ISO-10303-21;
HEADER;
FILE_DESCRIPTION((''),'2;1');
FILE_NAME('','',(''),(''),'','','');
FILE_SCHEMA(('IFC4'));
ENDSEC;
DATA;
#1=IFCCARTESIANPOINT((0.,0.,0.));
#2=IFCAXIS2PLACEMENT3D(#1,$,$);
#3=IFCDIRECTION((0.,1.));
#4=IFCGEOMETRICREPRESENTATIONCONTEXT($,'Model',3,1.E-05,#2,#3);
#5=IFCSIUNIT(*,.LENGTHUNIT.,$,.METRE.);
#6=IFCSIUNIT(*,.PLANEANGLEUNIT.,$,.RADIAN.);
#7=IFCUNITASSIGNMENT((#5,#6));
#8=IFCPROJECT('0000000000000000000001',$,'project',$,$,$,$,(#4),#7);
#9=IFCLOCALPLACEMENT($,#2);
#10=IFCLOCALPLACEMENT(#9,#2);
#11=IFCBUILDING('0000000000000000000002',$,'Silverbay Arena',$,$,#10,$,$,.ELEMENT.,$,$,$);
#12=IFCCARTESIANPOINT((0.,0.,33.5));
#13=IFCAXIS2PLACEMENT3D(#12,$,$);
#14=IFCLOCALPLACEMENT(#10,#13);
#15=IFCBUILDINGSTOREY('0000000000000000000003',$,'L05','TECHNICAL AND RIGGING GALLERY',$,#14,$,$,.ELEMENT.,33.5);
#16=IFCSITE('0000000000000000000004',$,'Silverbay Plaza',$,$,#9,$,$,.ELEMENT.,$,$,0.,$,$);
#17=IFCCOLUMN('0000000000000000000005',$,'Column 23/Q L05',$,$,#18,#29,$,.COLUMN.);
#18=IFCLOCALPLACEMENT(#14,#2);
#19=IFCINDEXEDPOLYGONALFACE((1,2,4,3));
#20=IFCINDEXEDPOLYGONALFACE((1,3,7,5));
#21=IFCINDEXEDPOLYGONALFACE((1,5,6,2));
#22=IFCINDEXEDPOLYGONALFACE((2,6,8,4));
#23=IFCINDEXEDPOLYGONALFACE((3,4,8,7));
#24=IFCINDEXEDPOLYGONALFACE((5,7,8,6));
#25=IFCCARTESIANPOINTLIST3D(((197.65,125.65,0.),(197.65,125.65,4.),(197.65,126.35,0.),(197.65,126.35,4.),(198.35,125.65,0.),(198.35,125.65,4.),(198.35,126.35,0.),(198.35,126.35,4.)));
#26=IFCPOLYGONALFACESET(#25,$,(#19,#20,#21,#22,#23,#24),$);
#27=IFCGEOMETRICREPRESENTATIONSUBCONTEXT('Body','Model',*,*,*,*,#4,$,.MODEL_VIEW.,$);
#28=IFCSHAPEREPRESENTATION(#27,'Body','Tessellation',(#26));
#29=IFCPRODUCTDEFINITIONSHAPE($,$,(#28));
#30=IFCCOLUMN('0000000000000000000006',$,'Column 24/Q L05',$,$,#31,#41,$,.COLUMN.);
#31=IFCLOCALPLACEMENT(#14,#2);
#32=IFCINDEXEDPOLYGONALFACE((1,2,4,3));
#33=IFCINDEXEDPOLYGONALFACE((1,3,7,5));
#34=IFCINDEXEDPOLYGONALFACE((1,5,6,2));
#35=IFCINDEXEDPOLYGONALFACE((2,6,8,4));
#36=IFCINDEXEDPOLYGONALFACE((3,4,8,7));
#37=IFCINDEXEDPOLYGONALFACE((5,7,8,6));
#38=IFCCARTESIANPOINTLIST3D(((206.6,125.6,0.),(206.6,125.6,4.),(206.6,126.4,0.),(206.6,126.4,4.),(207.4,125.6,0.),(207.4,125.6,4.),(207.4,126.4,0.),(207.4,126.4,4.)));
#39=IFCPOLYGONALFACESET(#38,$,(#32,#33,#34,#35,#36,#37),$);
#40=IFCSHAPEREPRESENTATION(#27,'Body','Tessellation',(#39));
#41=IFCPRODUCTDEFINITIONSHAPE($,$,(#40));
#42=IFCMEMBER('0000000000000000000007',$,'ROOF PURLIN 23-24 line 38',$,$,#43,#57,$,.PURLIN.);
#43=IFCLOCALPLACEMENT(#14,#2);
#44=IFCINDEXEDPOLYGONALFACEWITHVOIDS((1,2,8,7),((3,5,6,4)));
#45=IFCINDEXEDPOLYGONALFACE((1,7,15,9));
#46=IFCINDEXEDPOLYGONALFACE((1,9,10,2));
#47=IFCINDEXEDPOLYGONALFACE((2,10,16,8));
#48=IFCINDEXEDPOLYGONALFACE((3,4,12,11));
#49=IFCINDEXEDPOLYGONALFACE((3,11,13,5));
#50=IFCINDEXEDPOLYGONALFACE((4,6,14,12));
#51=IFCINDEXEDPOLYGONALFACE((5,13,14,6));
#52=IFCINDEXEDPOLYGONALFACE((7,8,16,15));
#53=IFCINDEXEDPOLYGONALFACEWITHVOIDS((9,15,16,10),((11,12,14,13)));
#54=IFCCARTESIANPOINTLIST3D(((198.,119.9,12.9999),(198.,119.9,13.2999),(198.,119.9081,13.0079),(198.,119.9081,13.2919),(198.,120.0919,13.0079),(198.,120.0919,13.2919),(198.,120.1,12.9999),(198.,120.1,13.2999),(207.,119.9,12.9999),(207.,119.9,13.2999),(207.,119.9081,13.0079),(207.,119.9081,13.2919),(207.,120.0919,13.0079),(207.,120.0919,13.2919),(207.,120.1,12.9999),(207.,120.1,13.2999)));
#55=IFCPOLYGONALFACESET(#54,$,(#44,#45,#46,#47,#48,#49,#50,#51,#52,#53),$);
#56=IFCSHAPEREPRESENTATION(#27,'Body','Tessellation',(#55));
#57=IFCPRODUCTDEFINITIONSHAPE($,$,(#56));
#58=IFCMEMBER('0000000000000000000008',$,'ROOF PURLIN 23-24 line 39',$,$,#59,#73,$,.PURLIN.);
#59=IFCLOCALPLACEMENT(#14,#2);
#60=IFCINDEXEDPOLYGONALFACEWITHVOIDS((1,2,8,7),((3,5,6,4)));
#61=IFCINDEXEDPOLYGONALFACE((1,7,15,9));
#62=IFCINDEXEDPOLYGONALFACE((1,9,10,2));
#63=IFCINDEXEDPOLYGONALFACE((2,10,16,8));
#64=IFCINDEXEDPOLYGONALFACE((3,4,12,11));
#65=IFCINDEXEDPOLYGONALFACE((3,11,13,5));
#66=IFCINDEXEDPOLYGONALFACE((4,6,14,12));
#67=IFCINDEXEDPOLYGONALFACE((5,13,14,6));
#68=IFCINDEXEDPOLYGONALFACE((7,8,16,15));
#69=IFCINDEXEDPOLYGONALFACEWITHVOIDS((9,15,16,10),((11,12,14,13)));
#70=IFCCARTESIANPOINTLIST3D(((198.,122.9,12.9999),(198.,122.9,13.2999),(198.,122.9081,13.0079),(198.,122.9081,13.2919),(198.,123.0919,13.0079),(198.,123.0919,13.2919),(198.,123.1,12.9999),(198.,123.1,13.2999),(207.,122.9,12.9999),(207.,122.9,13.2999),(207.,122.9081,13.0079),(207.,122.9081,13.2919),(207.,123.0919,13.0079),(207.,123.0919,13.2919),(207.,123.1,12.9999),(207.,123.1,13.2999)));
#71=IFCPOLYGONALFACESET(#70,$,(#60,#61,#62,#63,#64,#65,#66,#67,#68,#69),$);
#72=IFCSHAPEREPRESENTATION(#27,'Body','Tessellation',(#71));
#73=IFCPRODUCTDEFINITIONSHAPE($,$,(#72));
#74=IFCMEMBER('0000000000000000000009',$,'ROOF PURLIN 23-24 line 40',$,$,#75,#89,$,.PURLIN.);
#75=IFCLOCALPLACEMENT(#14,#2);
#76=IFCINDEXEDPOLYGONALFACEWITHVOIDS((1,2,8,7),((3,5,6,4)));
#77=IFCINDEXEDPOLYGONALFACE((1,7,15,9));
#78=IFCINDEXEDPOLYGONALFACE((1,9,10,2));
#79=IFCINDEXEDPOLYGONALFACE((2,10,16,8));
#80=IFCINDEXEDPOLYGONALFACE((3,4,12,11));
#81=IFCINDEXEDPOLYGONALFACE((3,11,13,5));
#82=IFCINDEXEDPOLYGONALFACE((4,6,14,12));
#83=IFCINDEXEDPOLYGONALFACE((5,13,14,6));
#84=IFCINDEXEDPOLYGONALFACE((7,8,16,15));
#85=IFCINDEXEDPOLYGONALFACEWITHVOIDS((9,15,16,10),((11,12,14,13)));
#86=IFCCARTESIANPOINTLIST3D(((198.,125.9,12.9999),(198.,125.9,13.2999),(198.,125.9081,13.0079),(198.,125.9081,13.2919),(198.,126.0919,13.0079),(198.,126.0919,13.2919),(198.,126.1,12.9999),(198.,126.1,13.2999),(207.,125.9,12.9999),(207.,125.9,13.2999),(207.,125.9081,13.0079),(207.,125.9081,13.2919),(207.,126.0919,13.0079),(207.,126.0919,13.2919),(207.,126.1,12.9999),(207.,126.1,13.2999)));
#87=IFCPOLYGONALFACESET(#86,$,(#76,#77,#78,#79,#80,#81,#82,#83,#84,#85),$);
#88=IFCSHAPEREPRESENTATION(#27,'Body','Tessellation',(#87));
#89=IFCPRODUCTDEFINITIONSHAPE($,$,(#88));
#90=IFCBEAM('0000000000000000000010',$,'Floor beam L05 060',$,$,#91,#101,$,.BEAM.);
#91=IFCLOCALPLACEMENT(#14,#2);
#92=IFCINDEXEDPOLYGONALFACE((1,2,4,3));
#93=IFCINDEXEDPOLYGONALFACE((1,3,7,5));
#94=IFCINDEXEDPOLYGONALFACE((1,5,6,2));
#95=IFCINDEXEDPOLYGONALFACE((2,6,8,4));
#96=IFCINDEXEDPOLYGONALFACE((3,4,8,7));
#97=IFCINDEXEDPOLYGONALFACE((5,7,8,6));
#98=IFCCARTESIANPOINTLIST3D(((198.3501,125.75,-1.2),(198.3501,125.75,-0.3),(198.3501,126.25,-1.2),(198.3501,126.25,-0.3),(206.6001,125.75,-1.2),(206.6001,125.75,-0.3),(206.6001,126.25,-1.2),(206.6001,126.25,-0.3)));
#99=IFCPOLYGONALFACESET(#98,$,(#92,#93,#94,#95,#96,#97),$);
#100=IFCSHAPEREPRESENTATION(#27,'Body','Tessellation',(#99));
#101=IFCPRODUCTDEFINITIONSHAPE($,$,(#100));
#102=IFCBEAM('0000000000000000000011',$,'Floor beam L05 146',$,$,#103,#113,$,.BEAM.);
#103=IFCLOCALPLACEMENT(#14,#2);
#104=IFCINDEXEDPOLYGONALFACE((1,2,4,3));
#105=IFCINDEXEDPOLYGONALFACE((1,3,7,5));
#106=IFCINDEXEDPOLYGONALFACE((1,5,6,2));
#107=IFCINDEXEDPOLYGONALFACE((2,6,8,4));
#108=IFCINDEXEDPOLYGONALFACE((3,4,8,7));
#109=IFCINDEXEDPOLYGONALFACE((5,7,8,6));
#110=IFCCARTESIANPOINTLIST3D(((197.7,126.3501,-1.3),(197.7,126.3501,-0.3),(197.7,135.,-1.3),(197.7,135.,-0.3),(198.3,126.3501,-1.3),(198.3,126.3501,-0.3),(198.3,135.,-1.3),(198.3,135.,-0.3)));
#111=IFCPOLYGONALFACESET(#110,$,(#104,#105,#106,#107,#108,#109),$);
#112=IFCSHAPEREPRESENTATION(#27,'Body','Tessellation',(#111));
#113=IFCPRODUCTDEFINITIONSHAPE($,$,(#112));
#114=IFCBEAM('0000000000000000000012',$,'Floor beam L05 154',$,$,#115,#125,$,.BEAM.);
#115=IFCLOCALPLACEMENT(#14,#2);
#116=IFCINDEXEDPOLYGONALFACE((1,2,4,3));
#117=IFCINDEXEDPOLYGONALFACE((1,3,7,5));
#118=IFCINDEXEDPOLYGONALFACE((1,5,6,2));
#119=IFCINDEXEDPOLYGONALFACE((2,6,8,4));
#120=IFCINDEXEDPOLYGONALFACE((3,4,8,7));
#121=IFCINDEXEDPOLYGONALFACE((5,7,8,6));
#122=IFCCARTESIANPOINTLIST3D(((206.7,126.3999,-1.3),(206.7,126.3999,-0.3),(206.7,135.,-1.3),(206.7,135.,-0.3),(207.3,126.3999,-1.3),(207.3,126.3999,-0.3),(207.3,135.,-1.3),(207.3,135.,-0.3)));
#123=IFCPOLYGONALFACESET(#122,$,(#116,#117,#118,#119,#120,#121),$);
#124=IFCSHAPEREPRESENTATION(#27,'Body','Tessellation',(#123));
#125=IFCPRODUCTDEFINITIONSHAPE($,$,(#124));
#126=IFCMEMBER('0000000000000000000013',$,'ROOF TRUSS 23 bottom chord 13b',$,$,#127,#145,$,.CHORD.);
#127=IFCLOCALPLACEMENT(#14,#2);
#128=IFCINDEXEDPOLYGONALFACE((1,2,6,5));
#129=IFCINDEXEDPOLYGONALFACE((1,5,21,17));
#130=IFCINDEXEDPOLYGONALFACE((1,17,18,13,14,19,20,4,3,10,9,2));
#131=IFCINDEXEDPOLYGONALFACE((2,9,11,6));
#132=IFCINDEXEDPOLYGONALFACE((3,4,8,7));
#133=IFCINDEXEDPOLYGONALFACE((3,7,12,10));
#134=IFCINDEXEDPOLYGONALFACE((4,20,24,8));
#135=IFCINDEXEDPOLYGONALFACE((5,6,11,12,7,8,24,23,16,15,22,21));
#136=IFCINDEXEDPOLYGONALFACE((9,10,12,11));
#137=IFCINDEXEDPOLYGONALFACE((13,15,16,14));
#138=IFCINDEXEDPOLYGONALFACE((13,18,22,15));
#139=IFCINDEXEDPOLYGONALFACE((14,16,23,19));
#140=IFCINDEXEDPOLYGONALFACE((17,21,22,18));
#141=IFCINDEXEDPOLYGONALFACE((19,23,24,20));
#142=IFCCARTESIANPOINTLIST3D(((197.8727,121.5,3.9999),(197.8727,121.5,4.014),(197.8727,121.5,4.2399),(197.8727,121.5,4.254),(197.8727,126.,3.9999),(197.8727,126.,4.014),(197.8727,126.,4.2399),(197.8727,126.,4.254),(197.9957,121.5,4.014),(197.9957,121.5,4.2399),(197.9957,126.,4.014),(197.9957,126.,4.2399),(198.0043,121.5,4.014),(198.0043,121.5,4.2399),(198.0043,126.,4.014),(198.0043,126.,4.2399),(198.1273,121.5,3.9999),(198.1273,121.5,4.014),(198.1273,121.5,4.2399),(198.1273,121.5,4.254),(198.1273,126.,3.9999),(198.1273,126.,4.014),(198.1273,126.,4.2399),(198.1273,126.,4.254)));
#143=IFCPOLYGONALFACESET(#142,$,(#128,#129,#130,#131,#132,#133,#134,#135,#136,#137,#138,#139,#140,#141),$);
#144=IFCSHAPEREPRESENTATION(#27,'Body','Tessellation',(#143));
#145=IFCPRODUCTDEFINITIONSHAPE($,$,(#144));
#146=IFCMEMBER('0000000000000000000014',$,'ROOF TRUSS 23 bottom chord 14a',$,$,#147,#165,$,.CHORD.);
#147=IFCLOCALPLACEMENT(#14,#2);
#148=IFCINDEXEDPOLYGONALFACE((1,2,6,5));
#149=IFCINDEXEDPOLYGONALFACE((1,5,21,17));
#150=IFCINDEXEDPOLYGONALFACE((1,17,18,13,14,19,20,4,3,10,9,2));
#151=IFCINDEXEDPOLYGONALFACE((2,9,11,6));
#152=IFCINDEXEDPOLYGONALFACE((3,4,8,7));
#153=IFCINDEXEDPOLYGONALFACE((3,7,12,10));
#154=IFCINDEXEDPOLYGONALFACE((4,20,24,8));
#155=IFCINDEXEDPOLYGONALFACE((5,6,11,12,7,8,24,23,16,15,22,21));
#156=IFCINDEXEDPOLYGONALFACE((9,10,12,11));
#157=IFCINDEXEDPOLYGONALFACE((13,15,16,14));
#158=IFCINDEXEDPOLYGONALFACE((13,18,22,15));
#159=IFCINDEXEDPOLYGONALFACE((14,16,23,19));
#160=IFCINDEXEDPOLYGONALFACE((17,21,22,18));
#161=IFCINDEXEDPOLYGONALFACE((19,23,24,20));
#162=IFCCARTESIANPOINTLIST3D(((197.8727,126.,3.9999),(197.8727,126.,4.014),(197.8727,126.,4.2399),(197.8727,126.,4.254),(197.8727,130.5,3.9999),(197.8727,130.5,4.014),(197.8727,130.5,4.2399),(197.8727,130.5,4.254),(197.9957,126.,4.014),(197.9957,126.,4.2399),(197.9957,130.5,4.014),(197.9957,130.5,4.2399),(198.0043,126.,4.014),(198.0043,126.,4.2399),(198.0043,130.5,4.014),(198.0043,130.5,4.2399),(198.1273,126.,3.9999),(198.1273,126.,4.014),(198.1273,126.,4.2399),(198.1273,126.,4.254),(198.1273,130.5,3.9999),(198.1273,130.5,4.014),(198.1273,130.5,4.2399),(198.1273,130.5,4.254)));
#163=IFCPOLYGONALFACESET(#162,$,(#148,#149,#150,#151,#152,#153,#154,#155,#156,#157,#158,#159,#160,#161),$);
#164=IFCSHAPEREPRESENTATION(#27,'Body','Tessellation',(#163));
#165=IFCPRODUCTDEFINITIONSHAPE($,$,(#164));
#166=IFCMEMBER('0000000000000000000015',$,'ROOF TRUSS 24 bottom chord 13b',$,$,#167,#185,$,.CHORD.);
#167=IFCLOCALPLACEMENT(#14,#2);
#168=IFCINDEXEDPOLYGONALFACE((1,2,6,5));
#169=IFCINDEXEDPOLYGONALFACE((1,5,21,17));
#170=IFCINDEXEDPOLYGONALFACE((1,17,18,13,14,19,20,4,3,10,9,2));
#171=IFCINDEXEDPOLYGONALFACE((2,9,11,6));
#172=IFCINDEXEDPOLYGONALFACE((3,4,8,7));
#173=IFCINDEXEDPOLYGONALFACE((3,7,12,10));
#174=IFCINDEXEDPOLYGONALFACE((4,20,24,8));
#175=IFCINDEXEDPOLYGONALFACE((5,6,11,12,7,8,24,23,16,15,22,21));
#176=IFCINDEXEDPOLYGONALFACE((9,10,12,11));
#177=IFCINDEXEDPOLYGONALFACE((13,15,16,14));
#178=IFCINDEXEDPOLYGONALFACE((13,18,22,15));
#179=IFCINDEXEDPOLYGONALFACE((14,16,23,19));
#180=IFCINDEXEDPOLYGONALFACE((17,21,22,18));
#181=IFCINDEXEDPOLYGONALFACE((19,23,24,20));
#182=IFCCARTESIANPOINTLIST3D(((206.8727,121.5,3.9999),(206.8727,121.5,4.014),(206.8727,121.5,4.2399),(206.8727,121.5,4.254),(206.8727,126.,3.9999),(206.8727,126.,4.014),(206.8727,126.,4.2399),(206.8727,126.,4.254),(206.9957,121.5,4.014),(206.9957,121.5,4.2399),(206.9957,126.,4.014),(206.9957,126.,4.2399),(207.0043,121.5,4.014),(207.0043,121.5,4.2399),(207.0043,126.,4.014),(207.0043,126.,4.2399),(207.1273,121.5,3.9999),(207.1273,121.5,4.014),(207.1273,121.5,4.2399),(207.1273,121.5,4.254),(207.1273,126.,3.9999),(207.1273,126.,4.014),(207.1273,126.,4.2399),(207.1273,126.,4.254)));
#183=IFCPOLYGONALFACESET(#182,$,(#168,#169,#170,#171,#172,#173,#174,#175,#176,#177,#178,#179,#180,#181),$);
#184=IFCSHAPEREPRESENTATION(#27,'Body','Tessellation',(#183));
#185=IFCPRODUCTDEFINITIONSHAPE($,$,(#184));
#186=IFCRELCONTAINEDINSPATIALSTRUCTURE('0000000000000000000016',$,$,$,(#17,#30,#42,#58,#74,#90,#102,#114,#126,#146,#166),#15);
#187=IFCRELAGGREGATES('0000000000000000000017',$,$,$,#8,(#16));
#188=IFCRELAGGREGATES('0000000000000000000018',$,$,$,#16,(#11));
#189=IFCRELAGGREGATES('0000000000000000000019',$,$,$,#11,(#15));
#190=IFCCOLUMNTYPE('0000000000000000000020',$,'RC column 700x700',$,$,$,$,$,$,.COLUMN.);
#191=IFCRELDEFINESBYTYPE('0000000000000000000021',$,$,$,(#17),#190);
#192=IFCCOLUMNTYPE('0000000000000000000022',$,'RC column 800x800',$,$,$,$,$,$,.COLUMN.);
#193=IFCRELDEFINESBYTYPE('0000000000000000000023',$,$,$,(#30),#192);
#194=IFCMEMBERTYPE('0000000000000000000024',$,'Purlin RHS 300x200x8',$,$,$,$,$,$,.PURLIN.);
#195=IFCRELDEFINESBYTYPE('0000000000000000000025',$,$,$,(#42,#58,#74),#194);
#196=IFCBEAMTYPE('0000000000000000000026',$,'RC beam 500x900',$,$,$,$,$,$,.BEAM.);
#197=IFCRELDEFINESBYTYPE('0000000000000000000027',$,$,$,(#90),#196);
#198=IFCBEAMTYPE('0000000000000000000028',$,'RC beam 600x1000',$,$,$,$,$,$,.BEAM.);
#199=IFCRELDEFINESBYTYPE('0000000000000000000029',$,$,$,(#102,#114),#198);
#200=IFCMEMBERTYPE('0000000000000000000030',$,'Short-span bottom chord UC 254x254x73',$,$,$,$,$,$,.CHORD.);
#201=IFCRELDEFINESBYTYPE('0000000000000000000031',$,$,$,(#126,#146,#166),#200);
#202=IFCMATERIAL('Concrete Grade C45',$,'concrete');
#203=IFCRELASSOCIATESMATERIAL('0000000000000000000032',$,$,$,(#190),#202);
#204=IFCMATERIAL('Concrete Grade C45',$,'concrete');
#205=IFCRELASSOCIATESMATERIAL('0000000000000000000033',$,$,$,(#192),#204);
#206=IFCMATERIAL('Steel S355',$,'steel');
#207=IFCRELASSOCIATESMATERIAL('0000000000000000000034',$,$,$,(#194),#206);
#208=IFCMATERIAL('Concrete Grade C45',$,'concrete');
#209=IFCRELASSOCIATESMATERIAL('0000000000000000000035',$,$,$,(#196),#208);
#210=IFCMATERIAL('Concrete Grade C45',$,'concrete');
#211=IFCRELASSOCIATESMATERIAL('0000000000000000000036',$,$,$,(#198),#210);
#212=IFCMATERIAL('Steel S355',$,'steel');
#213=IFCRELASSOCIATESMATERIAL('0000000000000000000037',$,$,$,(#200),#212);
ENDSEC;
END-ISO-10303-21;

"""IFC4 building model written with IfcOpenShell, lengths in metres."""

from ifc_helpers import new_model, si_unit, direction, frame, origin, origin_2d, place, context, subcontext, project, spatial, rectangle, hollow_rectangle, i_section, extrude, material, material_profile, profile_set, type_object, element, save


model = new_model("IFC4")

# Units and contexts
model_context = context("Model", 3, precision=1e-05, world=origin(), true_north=direction((0.0, 1.0)))
body_context = subcontext(model_context, "Body", "Model", "MODEL_VIEW")
ifc_project = project(units=[si_unit("LENGTHUNIT", "METRE"), si_unit("PLANEANGLEUNIT", "RADIAN")], contexts=[model_context])

# Site, building, storey
site_placement = place(None, origin())
site = spatial("IfcSite", under=ifc_project, at=site_placement, Name="Silverbay Plaza", CompositionType="ELEMENT", RefElevation=0.0)
building_placement = place(site_placement, origin())
building = spatial("IfcBuilding", under=site, at=building_placement, Name="Silverbay Arena", CompositionType="ELEMENT")
storey_placement = place(building_placement, frame((0.0, 0.0, 33.5)))
storey = spatial("IfcBuildingStorey", under=building, at=storey_placement, Name="L05", Description="TECHNICAL AND RIGGING GALLERY", CompositionType="ELEMENT", Elevation=33.5)

# Columns
ifc_material_1 = material(Name="Concrete Grade C45", Category="concrete")
ifc_material_profile_1 = material_profile(ifc_material_1, rectangle(XDim=0.7, YDim=0.7, at=origin_2d()), Name="RC 700x700")
ifc_profile_set_1 = profile_set([ifc_material_profile_1], Name="Concrete Grade C45")
column_type_1 = type_object("IfcColumnType", Name="RC column 700x700", PredefinedType="COLUMN", material=ifc_profile_set_1)
column_1_placement = place(storey_placement, frame((198.0, 126.0, 0.0), z_axis=(0.0, 0.0, 1.0), x_axis=(1.0, 0.0, 0.0)))
element("IfcColumn", 1, at=column_1_placement, inside=storey, type_object=column_type_1, Name="Column 23/Q L05", PredefinedType="COLUMN", context=body_context, shape_type="SweptSolid", body=[
    extrude(rectangle(XDim=0.7, YDim=0.7, at=origin_2d()), origin(), (0.0, 0.0, 1.0), 4.0),
])
ifc_material_2 = material(Name="Concrete Grade C45", Category="concrete")
ifc_material_profile_2 = material_profile(ifc_material_2, rectangle(XDim=0.8, YDim=0.8, at=origin_2d()), Name="RC 800x800")
ifc_profile_set_2 = profile_set([ifc_material_profile_2], Name="Concrete Grade C45")
column_type_2 = type_object("IfcColumnType", Name="RC column 800x800", PredefinedType="COLUMN", material=ifc_profile_set_2)
column_2_placement = place(storey_placement, frame((207.0, 126.0, 0.0), z_axis=(0.0, 0.0, 1.0), x_axis=(1.0, 0.0, 0.0)))
element("IfcColumn", 2, at=column_2_placement, inside=storey, type_object=column_type_2, Name="Column 24/Q L05", PredefinedType="COLUMN", context=body_context, shape_type="SweptSolid", body=[
    extrude(rectangle(XDim=0.8, YDim=0.8, at=origin_2d()), origin(), (0.0, 0.0, 1.0), 4.0),
])

# Members
ifc_material_3 = material(Name="Steel S355", Category="steel")
ifc_material_profile_3 = material_profile(ifc_material_3, hollow_rectangle(XDim=0.2, YDim=0.3, WallThickness=0.0081, at=origin_2d()), Name="RHS 300x200x8")
ifc_profile_set_3 = profile_set([ifc_material_profile_3], Name="Steel S355")
member_type_1 = type_object("IfcMemberType", Name="Purlin RHS 300x200x8", PredefinedType="PURLIN", material=ifc_profile_set_3)
for number, where, z_axis, x_axis, name in (
    (3, (198.0, 120.0, 13.1499), (1.0, 0.0, 0.0), (0.0, 1.0, 0.0), "ROOF PURLIN 23-24 line 38"),
    (4, (198.0, 123.0, 13.1499), (1.0, 0.0, 0.0), (0.0, 1.0, 0.0), "ROOF PURLIN 23-24 line 39"),
    (5, (198.0, 126.0, 13.1499), (1.0, 0.0, 0.0), (0.0, 1.0, 0.0), "ROOF PURLIN 23-24 line 40"),
):
    element("IfcMember", number, at=place(storey_placement, frame(where, z_axis=z_axis, x_axis=x_axis)), inside=storey, type_object=member_type_1, Name=name, PredefinedType="PURLIN", context=body_context, shape_type="SweptSolid", body=[
        extrude(hollow_rectangle(XDim=0.2, YDim=0.3, WallThickness=0.0081, at=origin_2d()), origin(), (0.0, 0.0, 1.0), 9.0),
    ])

# Beams
ifc_material_4 = material(Name="Concrete Grade C45", Category="concrete")
ifc_material_profile_4 = material_profile(ifc_material_4, rectangle(XDim=0.5, YDim=0.8999, at=origin_2d()), Name="RC 500x900")
ifc_profile_set_4 = profile_set([ifc_material_profile_4], Name="Concrete Grade C45")
beam_type_1 = type_object("IfcBeamType", Name="RC beam 500x900", PredefinedType="BEAM", material=ifc_profile_set_4)
beam_1_placement = place(storey_placement, frame((198.3501, 126.0, -0.75), z_axis=(1.0, 0.0, 0.0), x_axis=(0.0, 1.0, 0.0)))
element("IfcBeam", 6, at=beam_1_placement, inside=storey, type_object=beam_type_1, Name="Floor beam L05 060", PredefinedType="BEAM", context=body_context, shape_type="SweptSolid", body=[
    extrude(rectangle(XDim=0.5, YDim=0.8999, at=origin_2d()), origin(), (0.0, 0.0, 1.0), 8.25),
])
ifc_material_5 = material(Name="Concrete Grade C45", Category="concrete")
ifc_material_profile_5 = material_profile(ifc_material_5, rectangle(XDim=0.6001, YDim=1.0, at=origin_2d()), Name="RC 600x1000")
ifc_profile_set_5 = profile_set([ifc_material_profile_5], Name="Concrete Grade C45")
beam_type_2 = type_object("IfcBeamType", Name="RC beam 600x1000", PredefinedType="BEAM", material=ifc_profile_set_5)
beam_2_placement = place(storey_placement, frame((198.0, 126.3501, -0.8), z_axis=(0.0, 1.0, 0.0), x_axis=(-1.0, 0.0, 0.0)))
element("IfcBeam", 7, at=beam_2_placement, inside=storey, type_object=beam_type_2, Name="Floor beam L05 146", PredefinedType="BEAM", context=body_context, shape_type="SweptSolid", body=[
    extrude(rectangle(XDim=0.6001, YDim=1.0, at=origin_2d()), origin(), (0.0, 0.0, 1.0), 8.6499),
])
beam_3_placement = place(storey_placement, frame((207.0, 126.3999, -0.8), z_axis=(0.0, 1.0, 0.0), x_axis=(-1.0, 0.0, 0.0)))
element("IfcBeam", 8, at=beam_3_placement, inside=storey, type_object=beam_type_2, Name="Floor beam L05 154", PredefinedType="BEAM", context=body_context, shape_type="SweptSolid", body=[
    extrude(rectangle(XDim=0.6001, YDim=1.0, at=origin_2d()), origin(), (0.0, 0.0, 1.0), 8.6001),
])

# Members
ifc_material_6 = material(Name="Steel S355", Category="steel")
ifc_material_profile_6 = material_profile(ifc_material_6, i_section(OverallWidth=0.2546, OverallDepth=0.2542, WebThickness=0.0085, FlangeThickness=0.0142, at=origin_2d()), Name="UC 254x254x73")
ifc_profile_set_6 = profile_set([ifc_material_profile_6], Name="Steel S355")
member_type_2 = type_object("IfcMemberType", Name="Short-span bottom chord UC 254x254x73", PredefinedType="CHORD", material=ifc_profile_set_6)
for number, where, z_axis, x_axis, name in (
    (9, (198.0, 121.5, 4.127), (0.0, 1.0, 0.0), (-1.0, 0.0, 0.0), "ROOF TRUSS 23 bottom chord 13b"),
    (10, (198.0, 126.0, 4.127), (0.0, 1.0, 0.0), (-1.0, 0.0, 0.0), "ROOF TRUSS 23 bottom chord 14a"),
    (11, (207.0, 121.5, 4.127), (0.0, 1.0, 0.0), (-1.0, 0.0, 0.0), "ROOF TRUSS 24 bottom chord 13b"),
):
    element("IfcMember", number, at=place(storey_placement, frame(where, z_axis=z_axis, x_axis=x_axis)), inside=storey, type_object=member_type_2, Name=name, PredefinedType="CHORD", context=body_context, shape_type="SweptSolid", body=[
        extrude(i_section(OverallWidth=0.2546, OverallDepth=0.2542, WebThickness=0.0085, FlangeThickness=0.0142, at=origin_2d()), origin(), (0.0, 0.0, 1.0), 4.5),
    ])

save(model, "model.ifc")
